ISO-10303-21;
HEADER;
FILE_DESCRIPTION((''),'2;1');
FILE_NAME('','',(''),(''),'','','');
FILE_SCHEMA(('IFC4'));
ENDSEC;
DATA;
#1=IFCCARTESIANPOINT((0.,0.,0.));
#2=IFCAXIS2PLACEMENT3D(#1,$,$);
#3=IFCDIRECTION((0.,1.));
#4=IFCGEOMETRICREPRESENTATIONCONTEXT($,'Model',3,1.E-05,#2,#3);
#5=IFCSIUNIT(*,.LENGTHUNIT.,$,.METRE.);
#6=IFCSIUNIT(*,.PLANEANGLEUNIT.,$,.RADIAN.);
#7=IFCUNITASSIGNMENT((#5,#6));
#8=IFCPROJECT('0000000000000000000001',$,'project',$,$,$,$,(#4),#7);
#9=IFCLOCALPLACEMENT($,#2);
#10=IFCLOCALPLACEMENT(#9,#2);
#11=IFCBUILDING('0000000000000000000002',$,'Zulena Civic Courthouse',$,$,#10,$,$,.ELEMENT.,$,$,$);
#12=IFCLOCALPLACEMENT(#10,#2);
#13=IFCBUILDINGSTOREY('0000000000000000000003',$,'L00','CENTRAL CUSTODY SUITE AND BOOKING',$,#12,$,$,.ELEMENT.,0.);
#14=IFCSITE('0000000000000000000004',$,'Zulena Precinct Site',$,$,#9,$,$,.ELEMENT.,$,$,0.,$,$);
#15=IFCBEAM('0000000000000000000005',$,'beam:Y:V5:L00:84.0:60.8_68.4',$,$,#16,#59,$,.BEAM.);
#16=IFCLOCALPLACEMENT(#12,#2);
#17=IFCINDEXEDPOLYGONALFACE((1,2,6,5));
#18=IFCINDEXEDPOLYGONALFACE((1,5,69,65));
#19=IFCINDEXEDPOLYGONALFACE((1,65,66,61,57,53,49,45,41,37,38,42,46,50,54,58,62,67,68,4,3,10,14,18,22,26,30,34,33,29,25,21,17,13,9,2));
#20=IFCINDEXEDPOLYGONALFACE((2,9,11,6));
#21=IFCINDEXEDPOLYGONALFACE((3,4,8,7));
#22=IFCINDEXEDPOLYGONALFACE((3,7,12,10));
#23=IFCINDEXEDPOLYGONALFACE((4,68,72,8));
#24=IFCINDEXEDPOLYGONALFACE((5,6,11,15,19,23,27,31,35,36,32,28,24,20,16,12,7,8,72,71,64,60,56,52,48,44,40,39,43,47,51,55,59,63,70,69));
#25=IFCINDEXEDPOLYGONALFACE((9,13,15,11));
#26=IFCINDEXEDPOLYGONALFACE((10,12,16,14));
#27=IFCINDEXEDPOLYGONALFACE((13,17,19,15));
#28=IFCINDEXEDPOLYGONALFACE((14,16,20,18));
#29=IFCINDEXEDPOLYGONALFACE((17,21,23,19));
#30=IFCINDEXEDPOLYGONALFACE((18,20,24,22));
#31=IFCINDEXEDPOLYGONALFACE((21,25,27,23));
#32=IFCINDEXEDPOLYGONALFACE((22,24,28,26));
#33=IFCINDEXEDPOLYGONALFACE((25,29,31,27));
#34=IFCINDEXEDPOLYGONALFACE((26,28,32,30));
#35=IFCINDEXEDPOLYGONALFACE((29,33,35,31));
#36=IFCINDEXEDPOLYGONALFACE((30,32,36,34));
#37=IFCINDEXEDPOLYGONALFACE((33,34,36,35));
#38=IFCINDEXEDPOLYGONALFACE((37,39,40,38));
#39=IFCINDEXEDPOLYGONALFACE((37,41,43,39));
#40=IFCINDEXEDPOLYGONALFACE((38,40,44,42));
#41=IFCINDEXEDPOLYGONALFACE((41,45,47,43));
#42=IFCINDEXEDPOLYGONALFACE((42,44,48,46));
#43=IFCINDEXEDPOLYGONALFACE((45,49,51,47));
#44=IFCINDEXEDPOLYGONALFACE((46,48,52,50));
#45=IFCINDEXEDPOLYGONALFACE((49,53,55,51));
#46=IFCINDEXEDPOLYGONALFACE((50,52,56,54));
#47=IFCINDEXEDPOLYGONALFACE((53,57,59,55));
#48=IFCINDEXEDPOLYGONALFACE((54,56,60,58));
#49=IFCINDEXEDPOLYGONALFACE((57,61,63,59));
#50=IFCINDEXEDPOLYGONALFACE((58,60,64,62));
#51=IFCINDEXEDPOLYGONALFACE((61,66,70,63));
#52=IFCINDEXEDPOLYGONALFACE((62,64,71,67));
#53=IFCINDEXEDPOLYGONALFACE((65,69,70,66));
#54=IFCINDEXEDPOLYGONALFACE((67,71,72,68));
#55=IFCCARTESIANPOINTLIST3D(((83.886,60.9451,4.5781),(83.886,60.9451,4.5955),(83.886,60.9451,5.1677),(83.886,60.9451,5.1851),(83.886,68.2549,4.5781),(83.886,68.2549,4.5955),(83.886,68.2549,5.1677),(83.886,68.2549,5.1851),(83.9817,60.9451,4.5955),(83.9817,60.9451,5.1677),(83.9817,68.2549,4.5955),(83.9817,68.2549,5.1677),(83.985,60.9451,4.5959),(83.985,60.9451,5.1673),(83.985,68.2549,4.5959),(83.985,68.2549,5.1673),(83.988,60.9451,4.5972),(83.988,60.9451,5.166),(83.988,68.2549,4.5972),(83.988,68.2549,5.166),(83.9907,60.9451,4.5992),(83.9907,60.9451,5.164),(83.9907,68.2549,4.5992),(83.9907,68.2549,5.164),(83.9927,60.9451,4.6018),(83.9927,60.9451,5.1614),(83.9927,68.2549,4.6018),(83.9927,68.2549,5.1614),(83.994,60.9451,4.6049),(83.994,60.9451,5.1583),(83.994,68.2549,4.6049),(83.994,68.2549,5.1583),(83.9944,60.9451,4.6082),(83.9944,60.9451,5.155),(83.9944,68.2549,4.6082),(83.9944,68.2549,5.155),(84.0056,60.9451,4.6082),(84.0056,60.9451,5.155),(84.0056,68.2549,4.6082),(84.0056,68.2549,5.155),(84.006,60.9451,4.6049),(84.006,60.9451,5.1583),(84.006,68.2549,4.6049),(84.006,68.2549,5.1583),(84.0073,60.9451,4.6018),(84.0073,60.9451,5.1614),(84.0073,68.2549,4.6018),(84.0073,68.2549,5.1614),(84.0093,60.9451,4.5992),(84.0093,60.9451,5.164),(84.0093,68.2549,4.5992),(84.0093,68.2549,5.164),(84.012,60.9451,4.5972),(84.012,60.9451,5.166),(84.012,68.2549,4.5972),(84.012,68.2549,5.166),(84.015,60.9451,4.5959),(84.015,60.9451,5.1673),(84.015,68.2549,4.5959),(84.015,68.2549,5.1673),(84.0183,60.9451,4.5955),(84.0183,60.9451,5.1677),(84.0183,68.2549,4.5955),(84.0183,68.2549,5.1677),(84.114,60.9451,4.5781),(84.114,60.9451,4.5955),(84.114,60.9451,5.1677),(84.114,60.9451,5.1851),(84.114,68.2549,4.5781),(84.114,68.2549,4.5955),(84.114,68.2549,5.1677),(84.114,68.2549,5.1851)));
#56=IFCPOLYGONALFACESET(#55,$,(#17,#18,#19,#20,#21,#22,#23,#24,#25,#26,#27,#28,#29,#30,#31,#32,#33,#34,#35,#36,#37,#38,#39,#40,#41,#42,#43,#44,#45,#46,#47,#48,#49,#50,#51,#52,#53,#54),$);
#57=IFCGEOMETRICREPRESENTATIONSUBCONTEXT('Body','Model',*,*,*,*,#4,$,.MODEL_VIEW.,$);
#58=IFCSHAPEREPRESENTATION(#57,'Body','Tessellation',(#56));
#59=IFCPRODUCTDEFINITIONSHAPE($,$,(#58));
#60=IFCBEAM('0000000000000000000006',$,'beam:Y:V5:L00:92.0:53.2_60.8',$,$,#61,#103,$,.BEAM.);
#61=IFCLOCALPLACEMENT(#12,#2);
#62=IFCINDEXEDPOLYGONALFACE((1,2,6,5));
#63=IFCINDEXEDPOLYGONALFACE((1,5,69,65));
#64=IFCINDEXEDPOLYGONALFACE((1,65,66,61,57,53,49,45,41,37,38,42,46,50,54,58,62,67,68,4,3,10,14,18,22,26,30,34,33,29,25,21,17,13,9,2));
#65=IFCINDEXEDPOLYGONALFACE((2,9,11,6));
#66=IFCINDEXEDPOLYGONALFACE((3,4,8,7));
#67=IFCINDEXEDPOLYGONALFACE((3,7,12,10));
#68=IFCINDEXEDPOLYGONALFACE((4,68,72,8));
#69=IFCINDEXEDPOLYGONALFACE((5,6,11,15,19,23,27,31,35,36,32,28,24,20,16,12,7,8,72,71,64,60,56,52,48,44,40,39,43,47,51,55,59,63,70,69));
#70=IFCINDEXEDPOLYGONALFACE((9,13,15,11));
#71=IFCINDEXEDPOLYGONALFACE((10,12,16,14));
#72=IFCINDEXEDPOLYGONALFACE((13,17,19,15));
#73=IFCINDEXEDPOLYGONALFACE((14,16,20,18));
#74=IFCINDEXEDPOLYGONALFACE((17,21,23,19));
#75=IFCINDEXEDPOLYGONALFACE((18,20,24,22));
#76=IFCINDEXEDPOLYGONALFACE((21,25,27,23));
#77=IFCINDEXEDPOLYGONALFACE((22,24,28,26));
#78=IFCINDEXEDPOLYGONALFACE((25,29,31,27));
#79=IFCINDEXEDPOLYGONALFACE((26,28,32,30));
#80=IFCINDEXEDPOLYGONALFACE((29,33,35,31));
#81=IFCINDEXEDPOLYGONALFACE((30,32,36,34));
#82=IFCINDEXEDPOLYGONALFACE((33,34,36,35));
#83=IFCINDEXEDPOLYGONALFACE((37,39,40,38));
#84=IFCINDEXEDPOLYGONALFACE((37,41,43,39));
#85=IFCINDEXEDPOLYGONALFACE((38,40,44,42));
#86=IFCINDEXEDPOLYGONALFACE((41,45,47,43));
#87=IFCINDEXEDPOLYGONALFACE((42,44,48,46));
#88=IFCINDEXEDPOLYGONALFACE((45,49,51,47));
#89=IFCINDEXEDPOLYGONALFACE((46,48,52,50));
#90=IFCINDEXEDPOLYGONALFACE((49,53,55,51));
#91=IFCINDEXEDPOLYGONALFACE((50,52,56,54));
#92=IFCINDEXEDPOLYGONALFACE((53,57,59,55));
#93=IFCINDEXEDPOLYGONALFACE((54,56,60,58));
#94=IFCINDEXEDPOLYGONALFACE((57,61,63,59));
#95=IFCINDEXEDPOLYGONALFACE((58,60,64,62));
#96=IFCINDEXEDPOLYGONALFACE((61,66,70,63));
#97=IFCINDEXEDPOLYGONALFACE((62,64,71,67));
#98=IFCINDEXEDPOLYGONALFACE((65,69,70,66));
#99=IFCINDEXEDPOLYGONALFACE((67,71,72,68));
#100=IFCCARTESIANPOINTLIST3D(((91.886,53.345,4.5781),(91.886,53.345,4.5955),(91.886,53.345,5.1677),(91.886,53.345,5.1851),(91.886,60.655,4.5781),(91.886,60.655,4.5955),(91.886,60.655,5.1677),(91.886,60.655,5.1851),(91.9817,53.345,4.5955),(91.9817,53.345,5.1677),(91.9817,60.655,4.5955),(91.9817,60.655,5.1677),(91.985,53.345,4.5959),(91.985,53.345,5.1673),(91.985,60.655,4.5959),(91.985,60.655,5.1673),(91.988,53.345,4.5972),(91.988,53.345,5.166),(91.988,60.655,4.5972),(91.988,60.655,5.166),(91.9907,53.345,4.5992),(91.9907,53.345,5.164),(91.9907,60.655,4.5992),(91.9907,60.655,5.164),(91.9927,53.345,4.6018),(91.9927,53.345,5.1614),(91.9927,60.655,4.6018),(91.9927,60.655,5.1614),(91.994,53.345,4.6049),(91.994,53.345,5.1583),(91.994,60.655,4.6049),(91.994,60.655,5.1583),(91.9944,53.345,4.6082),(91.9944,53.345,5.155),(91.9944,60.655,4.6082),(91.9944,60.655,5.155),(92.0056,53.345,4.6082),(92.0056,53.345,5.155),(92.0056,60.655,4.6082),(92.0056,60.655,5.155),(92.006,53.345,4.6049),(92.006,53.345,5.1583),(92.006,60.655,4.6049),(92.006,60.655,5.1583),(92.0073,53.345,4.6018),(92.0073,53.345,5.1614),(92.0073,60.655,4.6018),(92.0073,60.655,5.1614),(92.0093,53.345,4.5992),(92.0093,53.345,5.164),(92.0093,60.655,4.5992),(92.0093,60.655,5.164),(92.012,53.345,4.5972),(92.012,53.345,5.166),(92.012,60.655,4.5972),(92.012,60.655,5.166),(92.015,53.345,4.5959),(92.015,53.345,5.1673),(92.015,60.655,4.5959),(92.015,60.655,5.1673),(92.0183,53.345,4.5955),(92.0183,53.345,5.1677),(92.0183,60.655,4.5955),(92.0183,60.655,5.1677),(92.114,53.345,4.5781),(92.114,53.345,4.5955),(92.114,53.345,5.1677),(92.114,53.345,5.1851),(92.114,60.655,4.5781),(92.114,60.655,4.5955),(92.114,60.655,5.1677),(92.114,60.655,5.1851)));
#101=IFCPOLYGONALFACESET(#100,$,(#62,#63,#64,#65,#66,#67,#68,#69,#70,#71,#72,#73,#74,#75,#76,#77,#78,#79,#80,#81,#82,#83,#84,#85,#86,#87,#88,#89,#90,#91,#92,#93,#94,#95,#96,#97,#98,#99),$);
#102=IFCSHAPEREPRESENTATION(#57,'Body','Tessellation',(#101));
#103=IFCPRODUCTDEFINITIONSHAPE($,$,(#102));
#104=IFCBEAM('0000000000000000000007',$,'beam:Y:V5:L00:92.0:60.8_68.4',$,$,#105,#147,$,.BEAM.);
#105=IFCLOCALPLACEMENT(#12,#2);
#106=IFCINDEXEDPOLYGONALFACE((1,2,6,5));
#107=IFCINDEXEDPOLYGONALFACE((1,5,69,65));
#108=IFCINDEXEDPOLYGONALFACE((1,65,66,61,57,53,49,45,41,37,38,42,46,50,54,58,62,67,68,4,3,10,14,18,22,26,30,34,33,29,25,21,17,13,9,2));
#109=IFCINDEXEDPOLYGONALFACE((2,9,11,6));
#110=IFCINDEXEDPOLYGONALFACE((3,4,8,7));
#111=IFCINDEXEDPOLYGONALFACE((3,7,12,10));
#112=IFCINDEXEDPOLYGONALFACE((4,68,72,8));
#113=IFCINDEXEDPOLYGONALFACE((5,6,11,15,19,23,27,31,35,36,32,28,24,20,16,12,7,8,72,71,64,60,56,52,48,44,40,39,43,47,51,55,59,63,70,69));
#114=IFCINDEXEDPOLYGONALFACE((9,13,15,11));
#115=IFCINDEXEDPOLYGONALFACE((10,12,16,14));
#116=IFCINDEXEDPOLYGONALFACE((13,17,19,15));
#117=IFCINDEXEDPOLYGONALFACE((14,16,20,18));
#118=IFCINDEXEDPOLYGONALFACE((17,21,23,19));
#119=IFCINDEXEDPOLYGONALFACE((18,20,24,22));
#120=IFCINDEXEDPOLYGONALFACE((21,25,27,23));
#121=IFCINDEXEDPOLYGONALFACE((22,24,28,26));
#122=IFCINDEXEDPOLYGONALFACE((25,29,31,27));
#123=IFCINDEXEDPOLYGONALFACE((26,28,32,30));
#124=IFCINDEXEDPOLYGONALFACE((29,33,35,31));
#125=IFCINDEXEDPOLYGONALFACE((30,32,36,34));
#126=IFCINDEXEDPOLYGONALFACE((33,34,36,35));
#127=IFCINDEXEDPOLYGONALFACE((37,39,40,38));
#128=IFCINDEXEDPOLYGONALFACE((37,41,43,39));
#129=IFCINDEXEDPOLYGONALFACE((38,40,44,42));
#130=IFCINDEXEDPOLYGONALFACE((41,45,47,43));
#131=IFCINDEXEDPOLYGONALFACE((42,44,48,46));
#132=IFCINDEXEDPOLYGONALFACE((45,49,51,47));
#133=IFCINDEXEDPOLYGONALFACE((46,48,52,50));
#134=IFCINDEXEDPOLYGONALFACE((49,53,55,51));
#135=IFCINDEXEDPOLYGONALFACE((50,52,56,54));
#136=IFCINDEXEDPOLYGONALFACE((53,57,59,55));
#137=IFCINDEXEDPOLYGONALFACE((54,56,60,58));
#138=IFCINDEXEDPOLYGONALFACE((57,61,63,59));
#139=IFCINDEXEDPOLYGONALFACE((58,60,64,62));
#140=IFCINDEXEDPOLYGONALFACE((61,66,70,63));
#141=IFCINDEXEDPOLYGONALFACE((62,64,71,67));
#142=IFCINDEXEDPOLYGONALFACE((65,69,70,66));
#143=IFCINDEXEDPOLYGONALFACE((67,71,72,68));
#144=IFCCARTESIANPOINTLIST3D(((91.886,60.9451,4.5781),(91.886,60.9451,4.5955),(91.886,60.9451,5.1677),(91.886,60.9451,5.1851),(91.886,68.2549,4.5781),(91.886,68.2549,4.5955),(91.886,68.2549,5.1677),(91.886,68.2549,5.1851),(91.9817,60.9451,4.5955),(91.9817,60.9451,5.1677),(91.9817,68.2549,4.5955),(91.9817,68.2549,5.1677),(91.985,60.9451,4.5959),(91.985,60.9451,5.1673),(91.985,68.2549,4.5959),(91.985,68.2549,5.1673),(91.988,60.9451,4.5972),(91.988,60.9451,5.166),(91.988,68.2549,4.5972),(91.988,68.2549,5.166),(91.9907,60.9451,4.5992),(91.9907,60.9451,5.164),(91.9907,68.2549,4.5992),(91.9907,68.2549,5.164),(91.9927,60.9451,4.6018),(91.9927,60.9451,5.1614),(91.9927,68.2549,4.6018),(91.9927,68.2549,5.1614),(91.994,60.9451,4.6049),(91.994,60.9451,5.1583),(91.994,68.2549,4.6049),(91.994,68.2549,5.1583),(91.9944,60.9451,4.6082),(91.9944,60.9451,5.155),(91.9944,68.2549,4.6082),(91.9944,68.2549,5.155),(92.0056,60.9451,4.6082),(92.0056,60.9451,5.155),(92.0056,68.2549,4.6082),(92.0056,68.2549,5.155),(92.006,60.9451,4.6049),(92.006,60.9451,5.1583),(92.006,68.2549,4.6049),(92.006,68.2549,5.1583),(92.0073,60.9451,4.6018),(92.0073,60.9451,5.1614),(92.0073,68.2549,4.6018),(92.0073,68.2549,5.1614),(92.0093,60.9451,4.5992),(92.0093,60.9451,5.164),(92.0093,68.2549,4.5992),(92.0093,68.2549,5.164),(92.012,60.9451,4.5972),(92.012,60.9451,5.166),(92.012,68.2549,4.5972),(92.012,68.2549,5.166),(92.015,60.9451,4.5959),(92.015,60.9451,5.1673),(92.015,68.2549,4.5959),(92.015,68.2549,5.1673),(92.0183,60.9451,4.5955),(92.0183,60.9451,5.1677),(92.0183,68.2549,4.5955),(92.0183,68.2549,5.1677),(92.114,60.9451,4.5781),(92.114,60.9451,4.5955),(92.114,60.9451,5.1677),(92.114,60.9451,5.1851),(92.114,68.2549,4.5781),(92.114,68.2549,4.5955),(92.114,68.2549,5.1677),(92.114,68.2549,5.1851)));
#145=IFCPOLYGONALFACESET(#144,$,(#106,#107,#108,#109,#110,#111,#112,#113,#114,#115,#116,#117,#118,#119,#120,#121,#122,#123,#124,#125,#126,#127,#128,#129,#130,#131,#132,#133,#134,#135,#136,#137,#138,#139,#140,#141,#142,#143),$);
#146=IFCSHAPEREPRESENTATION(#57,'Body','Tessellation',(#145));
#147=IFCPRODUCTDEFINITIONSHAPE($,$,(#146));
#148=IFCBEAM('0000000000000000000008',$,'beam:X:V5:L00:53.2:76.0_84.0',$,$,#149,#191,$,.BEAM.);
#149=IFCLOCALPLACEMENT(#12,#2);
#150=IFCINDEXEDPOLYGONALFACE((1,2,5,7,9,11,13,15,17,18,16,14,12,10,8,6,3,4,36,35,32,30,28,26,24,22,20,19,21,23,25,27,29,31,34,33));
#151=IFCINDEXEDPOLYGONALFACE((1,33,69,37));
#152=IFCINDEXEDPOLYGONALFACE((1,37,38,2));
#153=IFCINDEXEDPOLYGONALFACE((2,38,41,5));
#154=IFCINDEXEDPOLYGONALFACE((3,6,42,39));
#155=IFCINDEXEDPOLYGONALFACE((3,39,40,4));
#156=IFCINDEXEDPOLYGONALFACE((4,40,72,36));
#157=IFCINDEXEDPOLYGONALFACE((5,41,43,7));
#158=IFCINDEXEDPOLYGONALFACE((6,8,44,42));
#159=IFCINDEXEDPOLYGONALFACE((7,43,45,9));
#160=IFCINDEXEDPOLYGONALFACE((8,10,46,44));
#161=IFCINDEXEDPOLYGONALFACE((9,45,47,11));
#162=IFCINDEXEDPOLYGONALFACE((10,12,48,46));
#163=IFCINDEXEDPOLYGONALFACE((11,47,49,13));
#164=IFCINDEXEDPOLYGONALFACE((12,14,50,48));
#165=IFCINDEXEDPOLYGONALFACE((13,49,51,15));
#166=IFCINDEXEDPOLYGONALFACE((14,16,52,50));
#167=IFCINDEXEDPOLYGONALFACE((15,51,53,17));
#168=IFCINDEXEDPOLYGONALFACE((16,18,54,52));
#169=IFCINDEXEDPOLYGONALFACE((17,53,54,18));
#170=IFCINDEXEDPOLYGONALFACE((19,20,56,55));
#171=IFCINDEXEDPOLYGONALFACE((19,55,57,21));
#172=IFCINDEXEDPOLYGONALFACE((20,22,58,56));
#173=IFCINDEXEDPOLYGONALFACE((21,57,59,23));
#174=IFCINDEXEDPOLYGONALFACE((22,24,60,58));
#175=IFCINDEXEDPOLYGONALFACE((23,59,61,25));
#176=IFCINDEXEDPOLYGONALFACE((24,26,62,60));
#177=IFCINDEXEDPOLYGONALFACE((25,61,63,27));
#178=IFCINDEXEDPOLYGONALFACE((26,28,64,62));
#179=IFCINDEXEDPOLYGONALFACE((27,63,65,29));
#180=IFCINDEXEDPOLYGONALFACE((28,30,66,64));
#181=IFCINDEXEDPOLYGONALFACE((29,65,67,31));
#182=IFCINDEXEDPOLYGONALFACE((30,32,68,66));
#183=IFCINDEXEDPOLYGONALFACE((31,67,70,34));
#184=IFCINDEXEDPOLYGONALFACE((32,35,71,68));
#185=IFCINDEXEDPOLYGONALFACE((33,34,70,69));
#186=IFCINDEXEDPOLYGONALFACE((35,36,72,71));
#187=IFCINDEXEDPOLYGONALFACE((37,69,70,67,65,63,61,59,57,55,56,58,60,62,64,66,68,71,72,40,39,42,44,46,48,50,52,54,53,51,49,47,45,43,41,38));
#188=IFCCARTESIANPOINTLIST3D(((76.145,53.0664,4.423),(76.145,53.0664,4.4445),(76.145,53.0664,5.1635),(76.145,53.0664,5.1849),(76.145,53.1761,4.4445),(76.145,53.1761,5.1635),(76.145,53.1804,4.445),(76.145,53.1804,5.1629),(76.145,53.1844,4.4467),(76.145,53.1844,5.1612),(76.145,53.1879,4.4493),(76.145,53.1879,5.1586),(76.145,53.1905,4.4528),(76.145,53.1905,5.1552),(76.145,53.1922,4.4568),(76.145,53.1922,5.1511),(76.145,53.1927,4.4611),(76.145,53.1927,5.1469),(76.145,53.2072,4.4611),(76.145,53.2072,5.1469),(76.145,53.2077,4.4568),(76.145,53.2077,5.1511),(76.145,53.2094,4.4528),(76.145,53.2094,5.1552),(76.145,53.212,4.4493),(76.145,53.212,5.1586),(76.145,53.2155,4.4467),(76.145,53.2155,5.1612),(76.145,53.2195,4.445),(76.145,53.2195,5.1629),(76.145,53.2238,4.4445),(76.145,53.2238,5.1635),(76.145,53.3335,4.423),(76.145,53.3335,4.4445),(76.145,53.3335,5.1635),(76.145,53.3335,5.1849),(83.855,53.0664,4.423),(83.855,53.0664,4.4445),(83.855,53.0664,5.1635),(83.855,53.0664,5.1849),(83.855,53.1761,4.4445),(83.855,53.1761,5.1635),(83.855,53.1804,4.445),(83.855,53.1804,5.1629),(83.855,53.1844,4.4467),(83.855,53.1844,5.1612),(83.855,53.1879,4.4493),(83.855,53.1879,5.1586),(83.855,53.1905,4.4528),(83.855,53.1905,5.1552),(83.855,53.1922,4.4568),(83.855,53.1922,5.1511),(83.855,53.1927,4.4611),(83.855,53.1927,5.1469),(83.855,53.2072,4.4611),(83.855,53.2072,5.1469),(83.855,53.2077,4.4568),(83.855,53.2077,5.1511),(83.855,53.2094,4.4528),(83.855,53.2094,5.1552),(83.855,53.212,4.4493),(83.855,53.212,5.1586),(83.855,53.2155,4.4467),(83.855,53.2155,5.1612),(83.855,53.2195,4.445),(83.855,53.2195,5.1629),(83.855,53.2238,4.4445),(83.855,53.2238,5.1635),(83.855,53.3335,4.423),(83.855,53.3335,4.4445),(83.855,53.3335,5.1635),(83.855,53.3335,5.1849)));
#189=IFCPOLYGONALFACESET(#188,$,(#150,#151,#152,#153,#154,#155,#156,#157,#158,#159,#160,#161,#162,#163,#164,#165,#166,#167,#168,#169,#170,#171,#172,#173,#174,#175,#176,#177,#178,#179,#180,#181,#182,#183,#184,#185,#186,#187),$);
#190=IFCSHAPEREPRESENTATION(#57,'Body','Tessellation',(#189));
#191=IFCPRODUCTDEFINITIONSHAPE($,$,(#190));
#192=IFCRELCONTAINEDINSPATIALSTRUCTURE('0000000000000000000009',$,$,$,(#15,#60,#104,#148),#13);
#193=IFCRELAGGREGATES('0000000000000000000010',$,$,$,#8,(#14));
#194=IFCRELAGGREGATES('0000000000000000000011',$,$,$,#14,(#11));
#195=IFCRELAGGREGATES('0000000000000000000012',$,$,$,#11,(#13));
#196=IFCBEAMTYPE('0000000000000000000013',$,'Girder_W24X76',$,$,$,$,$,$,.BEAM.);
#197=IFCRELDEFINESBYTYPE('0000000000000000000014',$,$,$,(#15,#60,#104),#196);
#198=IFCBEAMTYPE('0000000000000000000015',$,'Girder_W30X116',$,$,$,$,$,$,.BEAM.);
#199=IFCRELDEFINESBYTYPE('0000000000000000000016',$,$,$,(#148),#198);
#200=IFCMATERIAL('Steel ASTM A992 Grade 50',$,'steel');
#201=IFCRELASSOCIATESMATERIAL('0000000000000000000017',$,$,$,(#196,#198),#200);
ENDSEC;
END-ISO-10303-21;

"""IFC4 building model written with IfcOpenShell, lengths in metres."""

from ifc_helpers import new_model, si_unit, direction, frame, origin, origin_2d, place, context, subcontext, project, spatial, i_section, extrude, material, material_profile, profile_set, type_object, element, save


model = new_model("IFC4")

# Units and contexts
model_context = context("Model", 3, precision=1e-05, world=origin(), true_north=direction((0.0, 1.0)))
body_context = subcontext(model_context, "Body", "Model", "MODEL_VIEW")
ifc_project = project(units=[si_unit("LENGTHUNIT", "METRE"), si_unit("PLANEANGLEUNIT", "RADIAN")], contexts=[model_context])

# Site, building, storey
site_placement = place(None, origin())
site = spatial("IfcSite", under=ifc_project, at=site_placement, Name="Zulena Precinct Site", CompositionType="ELEMENT", RefElevation=0.0)
building_placement = place(site_placement, origin())
building = spatial("IfcBuilding", under=site, at=building_placement, Name="Zulena Civic Courthouse", CompositionType="ELEMENT")
storey_placement = place(building_placement, origin())
storey = spatial("IfcBuildingStorey", under=building, at=storey_placement, Name="L00", Description="CENTRAL CUSTODY SUITE AND BOOKING", CompositionType="ELEMENT", Elevation=0.0)

# Shared definitions
ifc_material_1 = material(Name="Steel ASTM A992 Grade 50", Category="steel")

# Beams
ifc_material_profile_1 = material_profile(ifc_material_1, i_section(OverallWidth=0.228, OverallDepth=0.6069, WebThickness=0.0112, FlangeThickness=0.0173, FilletRadius=0.0127, at=origin_2d()), Name="W24X76")
ifc_profile_set_1 = profile_set([ifc_material_profile_1], Name="Steel ASTM A992 Grade 50")
beam_type_1 = type_object("IfcBeamType", Name="Girder_W24X76", PredefinedType="BEAM", material=ifc_profile_set_1)
beam_1_placement = place(storey_placement, frame((84.0, 60.9451, 4.8816), z_axis=(0.0, 1.0, 0.0), x_axis=(-1.0, 0.0, 0.0)))
element("IfcBeam", 1, at=beam_1_placement, inside=storey, type_object=beam_type_1, Name="beam:Y:V5:L00:84.0:60.8_68.4", PredefinedType="BEAM", context=body_context, shape_type="SweptSolid", body=[
    extrude(i_section(OverallWidth=0.228, OverallDepth=0.6069, WebThickness=0.0112, FlangeThickness=0.0173, FilletRadius=0.0127, at=origin_2d()), origin(), (0.0, 0.0, 1.0), 7.3098),
])
beam_2_placement = place(storey_placement, frame((92.0, 53.345, 4.8816), z_axis=(0.0, 1.0, 0.0), x_axis=(-1.0, 0.0, 0.0)))
element("IfcBeam", 2, at=beam_2_placement, inside=storey, type_object=beam_type_1, Name="beam:Y:V5:L00:92.0:53.2_60.8", PredefinedType="BEAM", context=body_context, shape_type="SweptSolid", body=[
    extrude(i_section(OverallWidth=0.228, OverallDepth=0.6069, WebThickness=0.0112, FlangeThickness=0.0173, FilletRadius=0.0127, at=origin_2d()), origin(), (0.0, 0.0, 1.0), 7.3101),
])
beam_3_placement = place(storey_placement, frame((92.0, 60.9451, 4.8816), z_axis=(0.0, 1.0, 0.0), x_axis=(-1.0, 0.0, 0.0)))
element("IfcBeam", 3, at=beam_3_placement, inside=storey, type_object=beam_type_1, Name="beam:Y:V5:L00:92.0:60.8_68.4", PredefinedType="BEAM", context=body_context, shape_type="SweptSolid", body=[
    extrude(i_section(OverallWidth=0.228, OverallDepth=0.6069, WebThickness=0.0112, FlangeThickness=0.0173, FilletRadius=0.0127, at=origin_2d()), origin(), (0.0, 0.0, 1.0), 7.3098),
])
ifc_material_profile_2 = material_profile(ifc_material_1, i_section(OverallWidth=0.2671, OverallDepth=0.762, WebThickness=0.0144, FlangeThickness=0.0215, FilletRadius=0.0166, at=origin_2d()), Name="W30X116")
ifc_profile_set_2 = profile_set([ifc_material_profile_2], Name="Steel ASTM A992 Grade 50")
beam_type_2 = type_object("IfcBeamType", Name="Girder_W30X116", PredefinedType="BEAM", material=ifc_profile_set_2)
for number, where, z_axis, x_axis, name in (
    (4, (76.145, 53.2, 4.804), (1.0, 0.0, 0.0), (0.0, 1.0, 0.0), "beam:X:V5:L00:53.2:76.0_84.0"),
):
    element("IfcBeam", number, at=place(storey_placement, frame(where, z_axis=z_axis, x_axis=x_axis)), inside=storey, type_object=beam_type_2, Name=name, PredefinedType="BEAM", context=body_context, shape_type="SweptSolid", body=[
        extrude(i_section(OverallWidth=0.2671, OverallDepth=0.762, WebThickness=0.0144, FlangeThickness=0.0215, FilletRadius=0.0166, at=origin_2d()), origin(), (0.0, 0.0, 1.0), 7.71),
    ])

save(model, "model.ifc")
